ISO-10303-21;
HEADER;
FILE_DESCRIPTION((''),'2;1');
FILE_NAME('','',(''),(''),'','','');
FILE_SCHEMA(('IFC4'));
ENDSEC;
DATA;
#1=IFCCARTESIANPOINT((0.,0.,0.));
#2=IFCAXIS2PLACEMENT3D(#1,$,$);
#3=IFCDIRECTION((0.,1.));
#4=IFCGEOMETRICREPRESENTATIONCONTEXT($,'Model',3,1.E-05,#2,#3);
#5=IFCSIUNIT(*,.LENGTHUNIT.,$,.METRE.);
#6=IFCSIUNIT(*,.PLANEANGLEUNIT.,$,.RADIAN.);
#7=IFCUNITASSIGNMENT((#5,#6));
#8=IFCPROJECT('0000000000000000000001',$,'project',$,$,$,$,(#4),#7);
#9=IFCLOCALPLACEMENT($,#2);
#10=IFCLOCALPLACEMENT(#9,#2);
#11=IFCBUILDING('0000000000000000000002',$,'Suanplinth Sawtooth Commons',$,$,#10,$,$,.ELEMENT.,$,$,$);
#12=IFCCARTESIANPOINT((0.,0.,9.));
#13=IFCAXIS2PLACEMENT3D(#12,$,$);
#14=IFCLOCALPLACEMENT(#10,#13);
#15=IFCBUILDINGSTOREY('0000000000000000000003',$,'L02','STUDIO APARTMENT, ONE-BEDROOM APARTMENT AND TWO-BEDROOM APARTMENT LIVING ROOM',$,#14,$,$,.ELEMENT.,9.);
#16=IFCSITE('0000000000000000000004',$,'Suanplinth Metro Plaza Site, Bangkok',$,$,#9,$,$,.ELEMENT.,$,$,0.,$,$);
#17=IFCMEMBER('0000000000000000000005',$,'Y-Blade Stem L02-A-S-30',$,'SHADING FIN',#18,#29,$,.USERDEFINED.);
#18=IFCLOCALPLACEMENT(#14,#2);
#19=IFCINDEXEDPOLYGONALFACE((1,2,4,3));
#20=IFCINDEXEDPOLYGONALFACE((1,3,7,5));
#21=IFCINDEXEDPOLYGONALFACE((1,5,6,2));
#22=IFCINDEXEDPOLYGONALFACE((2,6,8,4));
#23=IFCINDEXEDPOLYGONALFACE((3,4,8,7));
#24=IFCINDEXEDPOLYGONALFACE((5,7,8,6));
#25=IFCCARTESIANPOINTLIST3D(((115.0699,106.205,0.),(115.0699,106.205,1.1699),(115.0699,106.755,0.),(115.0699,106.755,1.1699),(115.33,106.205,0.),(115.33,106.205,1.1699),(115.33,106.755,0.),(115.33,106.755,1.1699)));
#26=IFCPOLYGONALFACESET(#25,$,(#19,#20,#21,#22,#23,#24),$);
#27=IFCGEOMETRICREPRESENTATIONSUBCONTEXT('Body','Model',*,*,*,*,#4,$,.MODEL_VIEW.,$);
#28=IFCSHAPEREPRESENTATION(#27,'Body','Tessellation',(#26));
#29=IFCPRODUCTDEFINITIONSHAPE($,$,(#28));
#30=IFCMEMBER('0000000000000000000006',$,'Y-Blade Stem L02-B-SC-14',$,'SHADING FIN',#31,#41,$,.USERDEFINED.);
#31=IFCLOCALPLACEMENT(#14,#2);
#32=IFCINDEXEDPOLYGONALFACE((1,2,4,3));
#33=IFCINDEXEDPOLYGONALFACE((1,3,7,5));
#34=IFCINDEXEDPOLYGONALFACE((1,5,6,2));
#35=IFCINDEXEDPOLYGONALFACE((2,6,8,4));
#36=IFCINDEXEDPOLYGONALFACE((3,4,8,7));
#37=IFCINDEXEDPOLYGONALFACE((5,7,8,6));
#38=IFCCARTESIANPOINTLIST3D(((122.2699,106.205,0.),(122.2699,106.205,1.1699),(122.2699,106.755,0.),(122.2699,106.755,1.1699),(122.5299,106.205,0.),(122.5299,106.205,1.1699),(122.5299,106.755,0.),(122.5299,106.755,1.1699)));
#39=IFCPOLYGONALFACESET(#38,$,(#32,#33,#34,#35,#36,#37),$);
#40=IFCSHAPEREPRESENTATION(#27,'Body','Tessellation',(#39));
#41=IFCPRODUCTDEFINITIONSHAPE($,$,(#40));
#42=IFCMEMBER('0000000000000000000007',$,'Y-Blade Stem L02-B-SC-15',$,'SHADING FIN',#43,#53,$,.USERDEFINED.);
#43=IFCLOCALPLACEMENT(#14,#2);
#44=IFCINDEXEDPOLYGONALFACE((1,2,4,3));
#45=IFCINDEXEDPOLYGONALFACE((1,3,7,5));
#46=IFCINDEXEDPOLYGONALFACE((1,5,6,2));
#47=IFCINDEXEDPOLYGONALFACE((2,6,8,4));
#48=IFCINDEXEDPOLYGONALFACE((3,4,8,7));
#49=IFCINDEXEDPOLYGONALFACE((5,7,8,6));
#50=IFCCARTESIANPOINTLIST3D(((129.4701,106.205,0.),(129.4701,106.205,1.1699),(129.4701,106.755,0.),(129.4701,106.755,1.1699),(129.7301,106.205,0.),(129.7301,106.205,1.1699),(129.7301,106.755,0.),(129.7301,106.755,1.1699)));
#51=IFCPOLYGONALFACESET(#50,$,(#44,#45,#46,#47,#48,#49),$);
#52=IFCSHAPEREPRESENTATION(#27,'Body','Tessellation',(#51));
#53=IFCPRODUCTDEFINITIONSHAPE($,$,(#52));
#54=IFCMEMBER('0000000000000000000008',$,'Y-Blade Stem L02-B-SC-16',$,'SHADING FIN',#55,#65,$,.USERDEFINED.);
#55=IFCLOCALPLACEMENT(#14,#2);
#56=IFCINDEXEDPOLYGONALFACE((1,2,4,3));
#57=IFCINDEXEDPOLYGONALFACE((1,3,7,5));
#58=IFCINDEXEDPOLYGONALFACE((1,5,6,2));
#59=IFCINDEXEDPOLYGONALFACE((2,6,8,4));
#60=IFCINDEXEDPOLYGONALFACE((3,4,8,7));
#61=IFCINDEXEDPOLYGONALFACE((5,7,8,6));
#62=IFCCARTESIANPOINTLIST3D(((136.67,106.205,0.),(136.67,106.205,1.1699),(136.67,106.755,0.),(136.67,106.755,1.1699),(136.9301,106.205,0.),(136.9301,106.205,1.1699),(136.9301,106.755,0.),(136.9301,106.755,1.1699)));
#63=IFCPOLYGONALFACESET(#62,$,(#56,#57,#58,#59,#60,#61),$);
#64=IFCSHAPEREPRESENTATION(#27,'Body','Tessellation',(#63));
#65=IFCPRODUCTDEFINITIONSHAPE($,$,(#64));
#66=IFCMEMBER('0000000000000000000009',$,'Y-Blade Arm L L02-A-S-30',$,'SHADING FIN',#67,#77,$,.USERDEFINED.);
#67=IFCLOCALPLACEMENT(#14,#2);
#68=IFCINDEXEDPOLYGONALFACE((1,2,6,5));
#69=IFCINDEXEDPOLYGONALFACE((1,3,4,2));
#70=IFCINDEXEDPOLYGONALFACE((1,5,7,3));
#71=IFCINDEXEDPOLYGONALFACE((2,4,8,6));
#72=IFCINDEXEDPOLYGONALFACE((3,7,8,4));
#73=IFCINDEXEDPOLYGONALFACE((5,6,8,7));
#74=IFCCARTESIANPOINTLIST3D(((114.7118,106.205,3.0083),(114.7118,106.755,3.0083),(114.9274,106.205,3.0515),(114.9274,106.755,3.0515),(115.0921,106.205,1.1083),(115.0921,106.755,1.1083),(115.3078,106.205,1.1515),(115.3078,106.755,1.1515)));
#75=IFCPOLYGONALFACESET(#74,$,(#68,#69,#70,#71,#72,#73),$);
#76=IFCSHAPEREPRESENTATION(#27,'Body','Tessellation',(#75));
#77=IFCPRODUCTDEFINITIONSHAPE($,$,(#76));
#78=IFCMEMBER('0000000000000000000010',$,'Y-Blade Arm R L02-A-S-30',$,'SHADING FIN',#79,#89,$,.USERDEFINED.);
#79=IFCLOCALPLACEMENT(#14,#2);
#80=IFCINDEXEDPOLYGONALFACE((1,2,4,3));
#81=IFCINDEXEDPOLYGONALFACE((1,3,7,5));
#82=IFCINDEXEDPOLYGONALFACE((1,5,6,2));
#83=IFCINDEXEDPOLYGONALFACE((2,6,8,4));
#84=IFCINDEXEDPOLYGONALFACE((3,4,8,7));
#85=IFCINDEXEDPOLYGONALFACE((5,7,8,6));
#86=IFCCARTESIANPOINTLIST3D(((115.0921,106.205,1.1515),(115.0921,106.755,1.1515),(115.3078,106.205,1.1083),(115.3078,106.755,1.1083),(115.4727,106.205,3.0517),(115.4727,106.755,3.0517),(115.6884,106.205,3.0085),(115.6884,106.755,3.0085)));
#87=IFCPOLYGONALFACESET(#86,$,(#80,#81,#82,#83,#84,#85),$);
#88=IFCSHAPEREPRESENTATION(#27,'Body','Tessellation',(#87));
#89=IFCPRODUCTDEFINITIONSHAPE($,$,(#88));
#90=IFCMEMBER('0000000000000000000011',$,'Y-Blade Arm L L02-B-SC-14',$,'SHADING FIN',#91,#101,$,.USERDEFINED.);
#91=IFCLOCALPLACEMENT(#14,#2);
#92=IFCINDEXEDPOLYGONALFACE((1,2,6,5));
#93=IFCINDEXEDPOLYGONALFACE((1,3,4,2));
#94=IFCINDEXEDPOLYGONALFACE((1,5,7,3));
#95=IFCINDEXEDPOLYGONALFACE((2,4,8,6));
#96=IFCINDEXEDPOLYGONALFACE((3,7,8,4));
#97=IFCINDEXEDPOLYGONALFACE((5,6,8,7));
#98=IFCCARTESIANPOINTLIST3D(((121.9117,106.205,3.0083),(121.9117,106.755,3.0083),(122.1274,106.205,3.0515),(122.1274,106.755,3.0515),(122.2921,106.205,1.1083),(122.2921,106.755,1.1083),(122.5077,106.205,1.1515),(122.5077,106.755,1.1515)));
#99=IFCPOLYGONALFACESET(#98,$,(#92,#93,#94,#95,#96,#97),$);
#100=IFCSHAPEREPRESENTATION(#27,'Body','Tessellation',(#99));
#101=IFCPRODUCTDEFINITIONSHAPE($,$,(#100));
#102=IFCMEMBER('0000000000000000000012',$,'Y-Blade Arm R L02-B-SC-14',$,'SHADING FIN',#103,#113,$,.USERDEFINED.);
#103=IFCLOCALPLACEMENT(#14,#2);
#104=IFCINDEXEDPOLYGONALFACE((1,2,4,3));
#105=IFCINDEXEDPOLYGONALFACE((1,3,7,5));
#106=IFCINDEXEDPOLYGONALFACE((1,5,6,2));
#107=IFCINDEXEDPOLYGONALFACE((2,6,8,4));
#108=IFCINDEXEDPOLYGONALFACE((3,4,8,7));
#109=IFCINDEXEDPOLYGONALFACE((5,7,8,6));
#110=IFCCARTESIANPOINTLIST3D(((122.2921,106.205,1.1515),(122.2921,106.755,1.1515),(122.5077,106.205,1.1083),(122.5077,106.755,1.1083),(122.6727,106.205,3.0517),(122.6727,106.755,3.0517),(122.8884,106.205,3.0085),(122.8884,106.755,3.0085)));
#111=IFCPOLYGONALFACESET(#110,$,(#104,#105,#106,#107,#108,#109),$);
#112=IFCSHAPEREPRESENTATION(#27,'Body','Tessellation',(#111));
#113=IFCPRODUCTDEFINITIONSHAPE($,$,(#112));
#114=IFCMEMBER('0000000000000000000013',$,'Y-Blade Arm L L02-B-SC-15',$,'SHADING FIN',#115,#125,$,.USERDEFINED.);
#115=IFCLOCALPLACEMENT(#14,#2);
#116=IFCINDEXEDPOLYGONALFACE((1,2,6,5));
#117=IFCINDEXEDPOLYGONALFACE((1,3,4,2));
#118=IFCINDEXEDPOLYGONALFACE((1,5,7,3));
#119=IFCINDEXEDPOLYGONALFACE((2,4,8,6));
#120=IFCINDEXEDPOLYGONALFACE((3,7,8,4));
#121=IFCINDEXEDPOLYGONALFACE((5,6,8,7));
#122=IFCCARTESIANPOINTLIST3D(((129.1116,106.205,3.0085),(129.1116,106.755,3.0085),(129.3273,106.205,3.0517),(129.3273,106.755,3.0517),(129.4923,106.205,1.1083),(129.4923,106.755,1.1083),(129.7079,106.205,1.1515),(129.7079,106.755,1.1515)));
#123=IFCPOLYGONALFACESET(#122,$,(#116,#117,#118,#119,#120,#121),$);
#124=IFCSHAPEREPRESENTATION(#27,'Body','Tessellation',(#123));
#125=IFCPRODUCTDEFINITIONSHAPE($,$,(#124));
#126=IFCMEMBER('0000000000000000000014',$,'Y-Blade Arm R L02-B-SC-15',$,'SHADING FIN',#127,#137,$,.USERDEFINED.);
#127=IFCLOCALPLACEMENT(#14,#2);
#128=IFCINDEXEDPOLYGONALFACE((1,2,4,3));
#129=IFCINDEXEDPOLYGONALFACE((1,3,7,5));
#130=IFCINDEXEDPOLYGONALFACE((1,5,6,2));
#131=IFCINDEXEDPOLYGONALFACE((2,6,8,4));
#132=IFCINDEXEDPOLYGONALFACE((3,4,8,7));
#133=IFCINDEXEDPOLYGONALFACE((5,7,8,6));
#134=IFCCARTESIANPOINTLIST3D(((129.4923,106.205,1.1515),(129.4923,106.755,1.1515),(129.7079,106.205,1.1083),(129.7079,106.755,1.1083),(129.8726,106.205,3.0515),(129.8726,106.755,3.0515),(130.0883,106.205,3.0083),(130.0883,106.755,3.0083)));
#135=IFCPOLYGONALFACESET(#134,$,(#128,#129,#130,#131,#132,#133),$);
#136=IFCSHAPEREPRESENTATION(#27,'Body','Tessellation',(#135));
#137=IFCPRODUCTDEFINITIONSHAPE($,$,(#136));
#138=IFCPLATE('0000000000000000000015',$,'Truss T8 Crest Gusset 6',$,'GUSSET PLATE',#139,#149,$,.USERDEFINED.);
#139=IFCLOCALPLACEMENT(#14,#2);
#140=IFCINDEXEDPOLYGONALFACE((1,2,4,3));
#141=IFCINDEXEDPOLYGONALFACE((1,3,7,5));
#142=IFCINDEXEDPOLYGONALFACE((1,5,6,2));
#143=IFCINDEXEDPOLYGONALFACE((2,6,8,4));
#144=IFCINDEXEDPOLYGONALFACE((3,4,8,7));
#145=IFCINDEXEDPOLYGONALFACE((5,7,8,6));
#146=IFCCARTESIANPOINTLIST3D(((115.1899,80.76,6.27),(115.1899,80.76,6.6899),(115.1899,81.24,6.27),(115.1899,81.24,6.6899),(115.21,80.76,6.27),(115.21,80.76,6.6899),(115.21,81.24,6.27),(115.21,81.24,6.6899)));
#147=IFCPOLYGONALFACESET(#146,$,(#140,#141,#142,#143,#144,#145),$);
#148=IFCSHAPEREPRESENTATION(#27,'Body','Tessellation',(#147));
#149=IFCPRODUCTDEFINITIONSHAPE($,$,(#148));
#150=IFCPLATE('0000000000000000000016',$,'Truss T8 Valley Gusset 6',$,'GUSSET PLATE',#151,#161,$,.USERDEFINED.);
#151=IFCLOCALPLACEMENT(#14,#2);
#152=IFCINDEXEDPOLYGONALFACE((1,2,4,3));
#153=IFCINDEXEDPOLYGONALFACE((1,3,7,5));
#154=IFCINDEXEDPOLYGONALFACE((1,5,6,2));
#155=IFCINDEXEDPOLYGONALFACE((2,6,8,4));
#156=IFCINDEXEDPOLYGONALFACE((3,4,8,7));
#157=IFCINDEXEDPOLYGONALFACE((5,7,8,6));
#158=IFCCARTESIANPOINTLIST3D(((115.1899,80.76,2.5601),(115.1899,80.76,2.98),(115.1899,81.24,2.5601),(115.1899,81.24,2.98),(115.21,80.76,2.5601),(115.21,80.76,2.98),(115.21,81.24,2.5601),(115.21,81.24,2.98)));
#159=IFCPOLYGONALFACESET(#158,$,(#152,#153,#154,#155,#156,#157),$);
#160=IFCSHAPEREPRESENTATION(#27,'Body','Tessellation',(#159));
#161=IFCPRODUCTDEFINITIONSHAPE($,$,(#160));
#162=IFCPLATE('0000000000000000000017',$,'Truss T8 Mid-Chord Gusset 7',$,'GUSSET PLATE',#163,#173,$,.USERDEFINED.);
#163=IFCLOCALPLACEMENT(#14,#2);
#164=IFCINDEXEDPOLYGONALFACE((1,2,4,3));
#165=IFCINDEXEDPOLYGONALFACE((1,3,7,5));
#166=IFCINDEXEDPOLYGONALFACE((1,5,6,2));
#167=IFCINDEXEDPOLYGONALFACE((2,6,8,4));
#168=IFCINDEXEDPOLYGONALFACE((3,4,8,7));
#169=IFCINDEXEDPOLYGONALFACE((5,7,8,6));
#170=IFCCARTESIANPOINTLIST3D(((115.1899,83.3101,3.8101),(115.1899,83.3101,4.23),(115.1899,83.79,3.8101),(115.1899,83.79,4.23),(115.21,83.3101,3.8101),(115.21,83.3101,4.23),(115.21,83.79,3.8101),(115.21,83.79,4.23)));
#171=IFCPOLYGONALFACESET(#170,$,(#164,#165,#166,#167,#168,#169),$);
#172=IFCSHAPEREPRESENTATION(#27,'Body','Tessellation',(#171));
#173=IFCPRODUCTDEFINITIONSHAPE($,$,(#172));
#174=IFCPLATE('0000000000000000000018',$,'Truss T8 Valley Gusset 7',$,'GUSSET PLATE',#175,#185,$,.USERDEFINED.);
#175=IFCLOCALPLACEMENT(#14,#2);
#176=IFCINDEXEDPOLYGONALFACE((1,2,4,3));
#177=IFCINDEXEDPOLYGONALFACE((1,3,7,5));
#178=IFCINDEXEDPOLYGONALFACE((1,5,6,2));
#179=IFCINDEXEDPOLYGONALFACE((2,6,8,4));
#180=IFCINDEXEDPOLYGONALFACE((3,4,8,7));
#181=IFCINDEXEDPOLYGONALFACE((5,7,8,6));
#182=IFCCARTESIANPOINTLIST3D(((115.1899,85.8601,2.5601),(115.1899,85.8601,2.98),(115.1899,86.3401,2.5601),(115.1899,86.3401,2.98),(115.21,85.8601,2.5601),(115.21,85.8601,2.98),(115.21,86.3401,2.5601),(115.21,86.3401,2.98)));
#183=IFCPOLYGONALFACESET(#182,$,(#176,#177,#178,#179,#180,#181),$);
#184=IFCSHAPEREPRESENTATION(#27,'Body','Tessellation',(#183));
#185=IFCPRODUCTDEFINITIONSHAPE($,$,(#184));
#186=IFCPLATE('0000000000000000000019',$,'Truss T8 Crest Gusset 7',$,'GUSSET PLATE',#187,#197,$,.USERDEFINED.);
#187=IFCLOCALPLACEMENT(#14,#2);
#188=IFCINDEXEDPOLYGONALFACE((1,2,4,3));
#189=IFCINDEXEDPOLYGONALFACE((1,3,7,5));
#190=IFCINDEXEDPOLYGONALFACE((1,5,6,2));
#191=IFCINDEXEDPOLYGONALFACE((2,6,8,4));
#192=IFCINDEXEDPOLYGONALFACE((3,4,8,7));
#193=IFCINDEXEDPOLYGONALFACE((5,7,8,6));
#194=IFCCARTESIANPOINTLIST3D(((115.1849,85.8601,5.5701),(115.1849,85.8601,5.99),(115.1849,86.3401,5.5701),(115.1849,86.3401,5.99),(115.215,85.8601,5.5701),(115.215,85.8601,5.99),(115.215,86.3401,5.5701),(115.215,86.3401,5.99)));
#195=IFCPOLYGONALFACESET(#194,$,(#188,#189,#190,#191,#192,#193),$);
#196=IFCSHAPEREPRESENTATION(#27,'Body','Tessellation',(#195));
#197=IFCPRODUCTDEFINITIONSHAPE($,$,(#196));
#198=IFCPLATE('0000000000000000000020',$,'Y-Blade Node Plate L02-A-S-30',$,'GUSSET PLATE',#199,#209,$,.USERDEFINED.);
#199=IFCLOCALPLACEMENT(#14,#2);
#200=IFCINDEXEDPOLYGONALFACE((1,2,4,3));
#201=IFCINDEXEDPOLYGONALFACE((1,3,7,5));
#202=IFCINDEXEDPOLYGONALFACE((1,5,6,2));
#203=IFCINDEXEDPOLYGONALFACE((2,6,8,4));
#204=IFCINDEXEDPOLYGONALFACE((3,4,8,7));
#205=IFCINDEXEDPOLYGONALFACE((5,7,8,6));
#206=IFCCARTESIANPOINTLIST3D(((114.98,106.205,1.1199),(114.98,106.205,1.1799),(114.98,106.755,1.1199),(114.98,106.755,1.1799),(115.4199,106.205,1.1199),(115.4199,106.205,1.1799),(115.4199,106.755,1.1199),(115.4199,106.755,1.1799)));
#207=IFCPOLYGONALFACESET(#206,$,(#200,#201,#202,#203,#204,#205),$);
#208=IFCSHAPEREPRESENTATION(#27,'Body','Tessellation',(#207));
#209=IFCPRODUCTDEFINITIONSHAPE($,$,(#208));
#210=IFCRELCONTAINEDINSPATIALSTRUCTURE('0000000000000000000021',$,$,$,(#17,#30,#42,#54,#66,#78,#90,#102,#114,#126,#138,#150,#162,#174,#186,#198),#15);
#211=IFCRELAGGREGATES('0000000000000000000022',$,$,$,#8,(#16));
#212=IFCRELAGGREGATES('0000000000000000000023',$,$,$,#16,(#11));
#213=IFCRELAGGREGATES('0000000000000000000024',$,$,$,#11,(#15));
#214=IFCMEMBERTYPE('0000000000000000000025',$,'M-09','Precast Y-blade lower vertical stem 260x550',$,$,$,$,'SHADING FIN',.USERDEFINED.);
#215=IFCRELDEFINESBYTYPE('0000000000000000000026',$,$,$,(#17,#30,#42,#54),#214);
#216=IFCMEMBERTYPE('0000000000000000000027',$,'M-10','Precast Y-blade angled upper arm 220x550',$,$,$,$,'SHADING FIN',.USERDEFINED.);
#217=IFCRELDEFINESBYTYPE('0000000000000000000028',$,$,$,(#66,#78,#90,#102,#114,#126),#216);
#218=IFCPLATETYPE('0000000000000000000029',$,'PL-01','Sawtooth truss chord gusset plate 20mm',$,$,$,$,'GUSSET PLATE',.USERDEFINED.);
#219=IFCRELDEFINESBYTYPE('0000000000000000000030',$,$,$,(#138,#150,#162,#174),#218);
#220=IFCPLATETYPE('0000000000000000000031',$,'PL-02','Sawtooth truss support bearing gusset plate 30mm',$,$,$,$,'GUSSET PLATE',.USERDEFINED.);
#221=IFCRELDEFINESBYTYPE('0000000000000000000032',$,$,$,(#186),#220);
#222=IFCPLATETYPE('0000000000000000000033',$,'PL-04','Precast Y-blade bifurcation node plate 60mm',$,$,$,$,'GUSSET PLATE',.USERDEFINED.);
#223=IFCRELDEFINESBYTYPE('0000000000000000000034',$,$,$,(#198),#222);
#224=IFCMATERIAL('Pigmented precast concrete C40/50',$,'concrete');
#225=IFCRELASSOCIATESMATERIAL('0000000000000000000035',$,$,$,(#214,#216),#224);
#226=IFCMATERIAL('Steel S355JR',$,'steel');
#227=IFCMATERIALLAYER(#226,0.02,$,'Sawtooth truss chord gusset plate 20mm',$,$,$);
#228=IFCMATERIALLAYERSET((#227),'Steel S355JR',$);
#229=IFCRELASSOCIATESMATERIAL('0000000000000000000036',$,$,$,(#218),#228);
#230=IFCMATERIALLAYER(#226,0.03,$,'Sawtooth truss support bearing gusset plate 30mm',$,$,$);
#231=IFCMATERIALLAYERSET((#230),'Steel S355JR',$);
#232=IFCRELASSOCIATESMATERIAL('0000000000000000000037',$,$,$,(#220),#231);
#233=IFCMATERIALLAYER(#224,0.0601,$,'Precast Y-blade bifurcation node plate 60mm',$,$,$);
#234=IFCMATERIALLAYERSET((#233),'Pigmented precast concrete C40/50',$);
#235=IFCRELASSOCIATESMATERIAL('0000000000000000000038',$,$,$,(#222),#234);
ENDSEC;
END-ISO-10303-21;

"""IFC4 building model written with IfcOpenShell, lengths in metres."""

from ifc_helpers import new_model, si_unit, direction, frame, origin, origin_2d, place, context, subcontext, project, spatial, rectangle, extrude, material, layer, layer_set, material_profile, profile_set, type_object, element, save


model = new_model("IFC4")

# Units and contexts
model_context = context("Model", 3, precision=1e-05, world=origin(), true_north=direction((0.0, 1.0)))
body_context = subcontext(model_context, "Body", "Model", "MODEL_VIEW")
ifc_project = project(units=[si_unit("LENGTHUNIT", "METRE"), si_unit("PLANEANGLEUNIT", "RADIAN")], contexts=[model_context])

# Site, building, storey
site_placement = place(None, origin())
site = spatial("IfcSite", under=ifc_project, at=site_placement, Name="Suanplinth Metro Plaza Site, Bangkok", CompositionType="ELEMENT", RefElevation=0.0)
building_placement = place(site_placement, origin())
building = spatial("IfcBuilding", under=site, at=building_placement, Name="Suanplinth Sawtooth Commons", CompositionType="ELEMENT")
storey_placement = place(building_placement, frame((0.0, 0.0, 9.0)))
storey = spatial("IfcBuildingStorey", under=building, at=storey_placement, Name="L02", Description="STUDIO APARTMENT, ONE-BEDROOM APARTMENT AND TWO-BEDROOM APARTMENT LIVING ROOM", CompositionType="ELEMENT", Elevation=9.0)

# Shared definitions
ifc_material_1 = material(Name="Steel S355JR", Category="steel")

# Members
ifc_material_2 = material(Name="Pigmented precast concrete C40/50", Category="concrete")
ifc_material_profile_1 = material_profile(ifc_material_2, rectangle(XDim=0.26, YDim=0.55, at=origin_2d()), Name="PC-FIN 260x550")
ifc_profile_set_1 = profile_set([ifc_material_profile_1], Name="Pigmented precast concrete C40/50")
member_type_1 = type_object("IfcMemberType", Name="M-09", Description="Precast Y-blade lower vertical stem 260x550", ElementType="SHADING FIN", PredefinedType="USERDEFINED", material=ifc_profile_set_1)
for number, where, z_axis, x_axis, name in (
    (1, (115.2, 106.48, 0.0), (0.0, 0.0, 1.0), (1.0, 0.0, 0.0), "Y-Blade Stem L02-A-S-30"),
    (2, (122.3999, 106.48, 0.0), (0.0, 0.0, 1.0), (1.0, 0.0, 0.0), "Y-Blade Stem L02-B-SC-14"),
    (3, (129.6001, 106.48, 0.0), (0.0, 0.0, 1.0), (1.0, 0.0, 0.0), "Y-Blade Stem L02-B-SC-15"),
    (4, (136.8, 106.48, 0.0), (0.0, 0.0, 1.0), (1.0, 0.0, 0.0), "Y-Blade Stem L02-B-SC-16"),
):
    element("IfcMember", number, at=place(storey_placement, frame(where, z_axis=z_axis, x_axis=x_axis)), inside=storey, type_object=member_type_1, Name=name, ObjectType="SHADING FIN", PredefinedType="USERDEFINED", context=body_context, shape_type="SweptSolid", body=[
        extrude(rectangle(XDim=0.26, YDim=0.55, at=origin_2d()), origin(), (0.0, 0.0, 1.0), 1.1699),
    ])
ifc_material_profile_2 = material_profile(ifc_material_2, rectangle(XDim=0.22, YDim=0.55, at=origin_2d()), Name="PC-FIN 220x550")
ifc_profile_set_2 = profile_set([ifc_material_profile_2], Name="Pigmented precast concrete C40/50")
member_type_2 = type_object("IfcMemberType", Name="M-10", Description="Precast Y-blade angled upper arm 220x550", ElementType="SHADING FIN", PredefinedType="USERDEFINED", material=ifc_profile_set_2)
member_1_placement = place(storey_placement, frame((115.2, 106.48, 1.1299), z_axis=(-0.196286, 0.0, 0.980547), x_axis=(0.980547, 0.0, 0.196286)))
element("IfcMember", 5, at=member_1_placement, inside=storey, type_object=member_type_2, Name="Y-Blade Arm L L02-A-S-30", ObjectType="SHADING FIN", PredefinedType="USERDEFINED", context=body_context, shape_type="SweptSolid", body=[
    extrude(rectangle(XDim=0.22, YDim=0.55, at=origin_2d()), origin(), (0.0, 0.0, 1.0), 1.9377),
])
member_2_placement = place(storey_placement, frame((115.2, 106.48, 1.1299), z_axis=(0.196407, 0.0, 0.980522), x_axis=(-0.980522, 0.0, 0.196407)))
element("IfcMember", 6, at=member_2_placement, inside=storey, type_object=member_type_2, Name="Y-Blade Arm R L02-A-S-30", ObjectType="SHADING FIN", PredefinedType="USERDEFINED", context=body_context, shape_type="SweptSolid", body=[
    extrude(rectangle(XDim=0.22, YDim=0.55, at=origin_2d()), origin(), (0.0, 0.0, 1.0), 1.938),
])
member_3_placement = place(storey_placement, frame((122.3999, 106.48, 1.1299), z_axis=(-0.196286, 0.0, 0.980547), x_axis=(0.980547, 0.0, 0.196286)))
element("IfcMember", 7, at=member_3_placement, inside=storey, type_object=member_type_2, Name="Y-Blade Arm L L02-B-SC-14", ObjectType="SHADING FIN", PredefinedType="USERDEFINED", context=body_context, shape_type="SweptSolid", body=[
    extrude(rectangle(XDim=0.22, YDim=0.55, at=origin_2d()), origin(), (0.0, 0.0, 1.0), 1.9377),
])
for number, where, z_axis, x_axis, name in (
    (8, (122.3999, 106.48, 1.1299), (0.196407, 0.0, 0.980522), (-0.980522, 0.0, 0.196407), "Y-Blade Arm R L02-B-SC-14"),
    (9, (129.6001, 106.48, 1.1299), (-0.196407, 0.0, 0.980522), (0.980522, 0.0, 0.196407), "Y-Blade Arm L L02-B-SC-15"),
):
    element("IfcMember", number, at=place(storey_placement, frame(where, z_axis=z_axis, x_axis=x_axis)), inside=storey, type_object=member_type_2, Name=name, ObjectType="SHADING FIN", PredefinedType="USERDEFINED", context=body_context, shape_type="SweptSolid", body=[
        extrude(rectangle(XDim=0.22, YDim=0.55, at=origin_2d()), origin(), (0.0, 0.0, 1.0), 1.938),
    ])
member_4_placement = place(storey_placement, frame((129.6001, 106.48, 1.1299), z_axis=(0.196286, 0.0, 0.980547), x_axis=(-0.980547, 0.0, 0.196286)))
element("IfcMember", 10, at=member_4_placement, inside=storey, type_object=member_type_2, Name="Y-Blade Arm R L02-B-SC-15", ObjectType="SHADING FIN", PredefinedType="USERDEFINED", context=body_context, shape_type="SweptSolid", body=[
    extrude(rectangle(XDim=0.22, YDim=0.55, at=origin_2d()), origin(), (0.0, 0.0, 1.0), 1.9377),
])

# Plates
ifc_layer_1 = layer(ifc_material_1, 0.02, Name="Sawtooth truss chord gusset plate 20mm")
ifc_layer_set_1 = layer_set([ifc_layer_1], Name="Steel S355JR")
plate_type_1 = type_object("IfcPlateType", Name="PL-01", Description="Sawtooth truss chord gusset plate 20mm", ElementType="GUSSET PLATE", PredefinedType="USERDEFINED", material=ifc_layer_set_1)
for number, where, z_axis, x_axis, name in (
    (11, (115.2, 81.0, 6.27), (0.0, 0.0, 1.0), (1.0, 0.0, 0.0), "Truss T8 Crest Gusset 6"),
    (12, (115.2, 81.0, 2.5601), (0.0, 0.0, 1.0), (1.0, 0.0, 0.0), "Truss T8 Valley Gusset 6"),
    (13, (115.2, 83.55, 3.8101), (0.0, 0.0, 1.0), (1.0, 0.0, 0.0), "Truss T8 Mid-Chord Gusset 7"),
    (14, (115.2, 86.1001, 2.5601), (0.0, 0.0, 1.0), (1.0, 0.0, 0.0), "Truss T8 Valley Gusset 7"),
):
    element("IfcPlate", number, at=place(storey_placement, frame(where, z_axis=z_axis, x_axis=x_axis)), inside=storey, type_object=plate_type_1, Name=name, ObjectType="GUSSET PLATE", PredefinedType="USERDEFINED", context=body_context, shape_type="SweptSolid", body=[
        extrude(rectangle(XDim=0.02, YDim=0.48, at=origin_2d()), origin(), (0.0, 0.0, 1.0), 0.4199),
    ])
ifc_layer_2 = layer(ifc_material_1, 0.03, Name="Sawtooth truss support bearing gusset plate 30mm")
ifc_layer_set_2 = layer_set([ifc_layer_2], Name="Steel S355JR")
plate_type_2 = type_object("IfcPlateType", Name="PL-02", Description="Sawtooth truss support bearing gusset plate 30mm", ElementType="GUSSET PLATE", PredefinedType="USERDEFINED", material=ifc_layer_set_2)
plate_placement = place(storey_placement, frame((115.2, 86.1001, 5.5701), z_axis=(0.0, 0.0, 1.0), x_axis=(1.0, 0.0, 0.0)))
element("IfcPlate", 15, at=plate_placement, inside=storey, type_object=plate_type_2, Name="Truss T8 Crest Gusset 7", ObjectType="GUSSET PLATE", PredefinedType="USERDEFINED", context=body_context, shape_type="SweptSolid", body=[
    extrude(rectangle(XDim=0.03, YDim=0.48, at=origin_2d()), origin(), (0.0, 0.0, 1.0), 0.4199),
])
ifc_layer_3 = layer(ifc_material_2, 0.0601, Name="Precast Y-blade bifurcation node plate 60mm")
ifc_layer_set_3 = layer_set([ifc_layer_3], Name="Pigmented precast concrete C40/50")
plate_type_3 = type_object("IfcPlateType", Name="PL-04", Description="Precast Y-blade bifurcation node plate 60mm", ElementType="GUSSET PLATE", PredefinedType="USERDEFINED", material=ifc_layer_set_3)
for number, where, z_axis, x_axis, name in (
    (16, (115.2, 106.48, 1.1199), (0.0, 0.0, 1.0), (1.0, 0.0, 0.0), "Y-Blade Node Plate L02-A-S-30"),
):
    element("IfcPlate", number, at=place(storey_placement, frame(where, z_axis=z_axis, x_axis=x_axis)), inside=storey, type_object=plate_type_3, Name=name, ObjectType="GUSSET PLATE", PredefinedType="USERDEFINED", context=body_context, shape_type="SweptSolid", body=[
        extrude(rectangle(XDim=0.4399, YDim=0.55, at=origin_2d()), origin(), (0.0, 0.0, 1.0), 0.0601),
    ])

save(model, "model.ifc")
